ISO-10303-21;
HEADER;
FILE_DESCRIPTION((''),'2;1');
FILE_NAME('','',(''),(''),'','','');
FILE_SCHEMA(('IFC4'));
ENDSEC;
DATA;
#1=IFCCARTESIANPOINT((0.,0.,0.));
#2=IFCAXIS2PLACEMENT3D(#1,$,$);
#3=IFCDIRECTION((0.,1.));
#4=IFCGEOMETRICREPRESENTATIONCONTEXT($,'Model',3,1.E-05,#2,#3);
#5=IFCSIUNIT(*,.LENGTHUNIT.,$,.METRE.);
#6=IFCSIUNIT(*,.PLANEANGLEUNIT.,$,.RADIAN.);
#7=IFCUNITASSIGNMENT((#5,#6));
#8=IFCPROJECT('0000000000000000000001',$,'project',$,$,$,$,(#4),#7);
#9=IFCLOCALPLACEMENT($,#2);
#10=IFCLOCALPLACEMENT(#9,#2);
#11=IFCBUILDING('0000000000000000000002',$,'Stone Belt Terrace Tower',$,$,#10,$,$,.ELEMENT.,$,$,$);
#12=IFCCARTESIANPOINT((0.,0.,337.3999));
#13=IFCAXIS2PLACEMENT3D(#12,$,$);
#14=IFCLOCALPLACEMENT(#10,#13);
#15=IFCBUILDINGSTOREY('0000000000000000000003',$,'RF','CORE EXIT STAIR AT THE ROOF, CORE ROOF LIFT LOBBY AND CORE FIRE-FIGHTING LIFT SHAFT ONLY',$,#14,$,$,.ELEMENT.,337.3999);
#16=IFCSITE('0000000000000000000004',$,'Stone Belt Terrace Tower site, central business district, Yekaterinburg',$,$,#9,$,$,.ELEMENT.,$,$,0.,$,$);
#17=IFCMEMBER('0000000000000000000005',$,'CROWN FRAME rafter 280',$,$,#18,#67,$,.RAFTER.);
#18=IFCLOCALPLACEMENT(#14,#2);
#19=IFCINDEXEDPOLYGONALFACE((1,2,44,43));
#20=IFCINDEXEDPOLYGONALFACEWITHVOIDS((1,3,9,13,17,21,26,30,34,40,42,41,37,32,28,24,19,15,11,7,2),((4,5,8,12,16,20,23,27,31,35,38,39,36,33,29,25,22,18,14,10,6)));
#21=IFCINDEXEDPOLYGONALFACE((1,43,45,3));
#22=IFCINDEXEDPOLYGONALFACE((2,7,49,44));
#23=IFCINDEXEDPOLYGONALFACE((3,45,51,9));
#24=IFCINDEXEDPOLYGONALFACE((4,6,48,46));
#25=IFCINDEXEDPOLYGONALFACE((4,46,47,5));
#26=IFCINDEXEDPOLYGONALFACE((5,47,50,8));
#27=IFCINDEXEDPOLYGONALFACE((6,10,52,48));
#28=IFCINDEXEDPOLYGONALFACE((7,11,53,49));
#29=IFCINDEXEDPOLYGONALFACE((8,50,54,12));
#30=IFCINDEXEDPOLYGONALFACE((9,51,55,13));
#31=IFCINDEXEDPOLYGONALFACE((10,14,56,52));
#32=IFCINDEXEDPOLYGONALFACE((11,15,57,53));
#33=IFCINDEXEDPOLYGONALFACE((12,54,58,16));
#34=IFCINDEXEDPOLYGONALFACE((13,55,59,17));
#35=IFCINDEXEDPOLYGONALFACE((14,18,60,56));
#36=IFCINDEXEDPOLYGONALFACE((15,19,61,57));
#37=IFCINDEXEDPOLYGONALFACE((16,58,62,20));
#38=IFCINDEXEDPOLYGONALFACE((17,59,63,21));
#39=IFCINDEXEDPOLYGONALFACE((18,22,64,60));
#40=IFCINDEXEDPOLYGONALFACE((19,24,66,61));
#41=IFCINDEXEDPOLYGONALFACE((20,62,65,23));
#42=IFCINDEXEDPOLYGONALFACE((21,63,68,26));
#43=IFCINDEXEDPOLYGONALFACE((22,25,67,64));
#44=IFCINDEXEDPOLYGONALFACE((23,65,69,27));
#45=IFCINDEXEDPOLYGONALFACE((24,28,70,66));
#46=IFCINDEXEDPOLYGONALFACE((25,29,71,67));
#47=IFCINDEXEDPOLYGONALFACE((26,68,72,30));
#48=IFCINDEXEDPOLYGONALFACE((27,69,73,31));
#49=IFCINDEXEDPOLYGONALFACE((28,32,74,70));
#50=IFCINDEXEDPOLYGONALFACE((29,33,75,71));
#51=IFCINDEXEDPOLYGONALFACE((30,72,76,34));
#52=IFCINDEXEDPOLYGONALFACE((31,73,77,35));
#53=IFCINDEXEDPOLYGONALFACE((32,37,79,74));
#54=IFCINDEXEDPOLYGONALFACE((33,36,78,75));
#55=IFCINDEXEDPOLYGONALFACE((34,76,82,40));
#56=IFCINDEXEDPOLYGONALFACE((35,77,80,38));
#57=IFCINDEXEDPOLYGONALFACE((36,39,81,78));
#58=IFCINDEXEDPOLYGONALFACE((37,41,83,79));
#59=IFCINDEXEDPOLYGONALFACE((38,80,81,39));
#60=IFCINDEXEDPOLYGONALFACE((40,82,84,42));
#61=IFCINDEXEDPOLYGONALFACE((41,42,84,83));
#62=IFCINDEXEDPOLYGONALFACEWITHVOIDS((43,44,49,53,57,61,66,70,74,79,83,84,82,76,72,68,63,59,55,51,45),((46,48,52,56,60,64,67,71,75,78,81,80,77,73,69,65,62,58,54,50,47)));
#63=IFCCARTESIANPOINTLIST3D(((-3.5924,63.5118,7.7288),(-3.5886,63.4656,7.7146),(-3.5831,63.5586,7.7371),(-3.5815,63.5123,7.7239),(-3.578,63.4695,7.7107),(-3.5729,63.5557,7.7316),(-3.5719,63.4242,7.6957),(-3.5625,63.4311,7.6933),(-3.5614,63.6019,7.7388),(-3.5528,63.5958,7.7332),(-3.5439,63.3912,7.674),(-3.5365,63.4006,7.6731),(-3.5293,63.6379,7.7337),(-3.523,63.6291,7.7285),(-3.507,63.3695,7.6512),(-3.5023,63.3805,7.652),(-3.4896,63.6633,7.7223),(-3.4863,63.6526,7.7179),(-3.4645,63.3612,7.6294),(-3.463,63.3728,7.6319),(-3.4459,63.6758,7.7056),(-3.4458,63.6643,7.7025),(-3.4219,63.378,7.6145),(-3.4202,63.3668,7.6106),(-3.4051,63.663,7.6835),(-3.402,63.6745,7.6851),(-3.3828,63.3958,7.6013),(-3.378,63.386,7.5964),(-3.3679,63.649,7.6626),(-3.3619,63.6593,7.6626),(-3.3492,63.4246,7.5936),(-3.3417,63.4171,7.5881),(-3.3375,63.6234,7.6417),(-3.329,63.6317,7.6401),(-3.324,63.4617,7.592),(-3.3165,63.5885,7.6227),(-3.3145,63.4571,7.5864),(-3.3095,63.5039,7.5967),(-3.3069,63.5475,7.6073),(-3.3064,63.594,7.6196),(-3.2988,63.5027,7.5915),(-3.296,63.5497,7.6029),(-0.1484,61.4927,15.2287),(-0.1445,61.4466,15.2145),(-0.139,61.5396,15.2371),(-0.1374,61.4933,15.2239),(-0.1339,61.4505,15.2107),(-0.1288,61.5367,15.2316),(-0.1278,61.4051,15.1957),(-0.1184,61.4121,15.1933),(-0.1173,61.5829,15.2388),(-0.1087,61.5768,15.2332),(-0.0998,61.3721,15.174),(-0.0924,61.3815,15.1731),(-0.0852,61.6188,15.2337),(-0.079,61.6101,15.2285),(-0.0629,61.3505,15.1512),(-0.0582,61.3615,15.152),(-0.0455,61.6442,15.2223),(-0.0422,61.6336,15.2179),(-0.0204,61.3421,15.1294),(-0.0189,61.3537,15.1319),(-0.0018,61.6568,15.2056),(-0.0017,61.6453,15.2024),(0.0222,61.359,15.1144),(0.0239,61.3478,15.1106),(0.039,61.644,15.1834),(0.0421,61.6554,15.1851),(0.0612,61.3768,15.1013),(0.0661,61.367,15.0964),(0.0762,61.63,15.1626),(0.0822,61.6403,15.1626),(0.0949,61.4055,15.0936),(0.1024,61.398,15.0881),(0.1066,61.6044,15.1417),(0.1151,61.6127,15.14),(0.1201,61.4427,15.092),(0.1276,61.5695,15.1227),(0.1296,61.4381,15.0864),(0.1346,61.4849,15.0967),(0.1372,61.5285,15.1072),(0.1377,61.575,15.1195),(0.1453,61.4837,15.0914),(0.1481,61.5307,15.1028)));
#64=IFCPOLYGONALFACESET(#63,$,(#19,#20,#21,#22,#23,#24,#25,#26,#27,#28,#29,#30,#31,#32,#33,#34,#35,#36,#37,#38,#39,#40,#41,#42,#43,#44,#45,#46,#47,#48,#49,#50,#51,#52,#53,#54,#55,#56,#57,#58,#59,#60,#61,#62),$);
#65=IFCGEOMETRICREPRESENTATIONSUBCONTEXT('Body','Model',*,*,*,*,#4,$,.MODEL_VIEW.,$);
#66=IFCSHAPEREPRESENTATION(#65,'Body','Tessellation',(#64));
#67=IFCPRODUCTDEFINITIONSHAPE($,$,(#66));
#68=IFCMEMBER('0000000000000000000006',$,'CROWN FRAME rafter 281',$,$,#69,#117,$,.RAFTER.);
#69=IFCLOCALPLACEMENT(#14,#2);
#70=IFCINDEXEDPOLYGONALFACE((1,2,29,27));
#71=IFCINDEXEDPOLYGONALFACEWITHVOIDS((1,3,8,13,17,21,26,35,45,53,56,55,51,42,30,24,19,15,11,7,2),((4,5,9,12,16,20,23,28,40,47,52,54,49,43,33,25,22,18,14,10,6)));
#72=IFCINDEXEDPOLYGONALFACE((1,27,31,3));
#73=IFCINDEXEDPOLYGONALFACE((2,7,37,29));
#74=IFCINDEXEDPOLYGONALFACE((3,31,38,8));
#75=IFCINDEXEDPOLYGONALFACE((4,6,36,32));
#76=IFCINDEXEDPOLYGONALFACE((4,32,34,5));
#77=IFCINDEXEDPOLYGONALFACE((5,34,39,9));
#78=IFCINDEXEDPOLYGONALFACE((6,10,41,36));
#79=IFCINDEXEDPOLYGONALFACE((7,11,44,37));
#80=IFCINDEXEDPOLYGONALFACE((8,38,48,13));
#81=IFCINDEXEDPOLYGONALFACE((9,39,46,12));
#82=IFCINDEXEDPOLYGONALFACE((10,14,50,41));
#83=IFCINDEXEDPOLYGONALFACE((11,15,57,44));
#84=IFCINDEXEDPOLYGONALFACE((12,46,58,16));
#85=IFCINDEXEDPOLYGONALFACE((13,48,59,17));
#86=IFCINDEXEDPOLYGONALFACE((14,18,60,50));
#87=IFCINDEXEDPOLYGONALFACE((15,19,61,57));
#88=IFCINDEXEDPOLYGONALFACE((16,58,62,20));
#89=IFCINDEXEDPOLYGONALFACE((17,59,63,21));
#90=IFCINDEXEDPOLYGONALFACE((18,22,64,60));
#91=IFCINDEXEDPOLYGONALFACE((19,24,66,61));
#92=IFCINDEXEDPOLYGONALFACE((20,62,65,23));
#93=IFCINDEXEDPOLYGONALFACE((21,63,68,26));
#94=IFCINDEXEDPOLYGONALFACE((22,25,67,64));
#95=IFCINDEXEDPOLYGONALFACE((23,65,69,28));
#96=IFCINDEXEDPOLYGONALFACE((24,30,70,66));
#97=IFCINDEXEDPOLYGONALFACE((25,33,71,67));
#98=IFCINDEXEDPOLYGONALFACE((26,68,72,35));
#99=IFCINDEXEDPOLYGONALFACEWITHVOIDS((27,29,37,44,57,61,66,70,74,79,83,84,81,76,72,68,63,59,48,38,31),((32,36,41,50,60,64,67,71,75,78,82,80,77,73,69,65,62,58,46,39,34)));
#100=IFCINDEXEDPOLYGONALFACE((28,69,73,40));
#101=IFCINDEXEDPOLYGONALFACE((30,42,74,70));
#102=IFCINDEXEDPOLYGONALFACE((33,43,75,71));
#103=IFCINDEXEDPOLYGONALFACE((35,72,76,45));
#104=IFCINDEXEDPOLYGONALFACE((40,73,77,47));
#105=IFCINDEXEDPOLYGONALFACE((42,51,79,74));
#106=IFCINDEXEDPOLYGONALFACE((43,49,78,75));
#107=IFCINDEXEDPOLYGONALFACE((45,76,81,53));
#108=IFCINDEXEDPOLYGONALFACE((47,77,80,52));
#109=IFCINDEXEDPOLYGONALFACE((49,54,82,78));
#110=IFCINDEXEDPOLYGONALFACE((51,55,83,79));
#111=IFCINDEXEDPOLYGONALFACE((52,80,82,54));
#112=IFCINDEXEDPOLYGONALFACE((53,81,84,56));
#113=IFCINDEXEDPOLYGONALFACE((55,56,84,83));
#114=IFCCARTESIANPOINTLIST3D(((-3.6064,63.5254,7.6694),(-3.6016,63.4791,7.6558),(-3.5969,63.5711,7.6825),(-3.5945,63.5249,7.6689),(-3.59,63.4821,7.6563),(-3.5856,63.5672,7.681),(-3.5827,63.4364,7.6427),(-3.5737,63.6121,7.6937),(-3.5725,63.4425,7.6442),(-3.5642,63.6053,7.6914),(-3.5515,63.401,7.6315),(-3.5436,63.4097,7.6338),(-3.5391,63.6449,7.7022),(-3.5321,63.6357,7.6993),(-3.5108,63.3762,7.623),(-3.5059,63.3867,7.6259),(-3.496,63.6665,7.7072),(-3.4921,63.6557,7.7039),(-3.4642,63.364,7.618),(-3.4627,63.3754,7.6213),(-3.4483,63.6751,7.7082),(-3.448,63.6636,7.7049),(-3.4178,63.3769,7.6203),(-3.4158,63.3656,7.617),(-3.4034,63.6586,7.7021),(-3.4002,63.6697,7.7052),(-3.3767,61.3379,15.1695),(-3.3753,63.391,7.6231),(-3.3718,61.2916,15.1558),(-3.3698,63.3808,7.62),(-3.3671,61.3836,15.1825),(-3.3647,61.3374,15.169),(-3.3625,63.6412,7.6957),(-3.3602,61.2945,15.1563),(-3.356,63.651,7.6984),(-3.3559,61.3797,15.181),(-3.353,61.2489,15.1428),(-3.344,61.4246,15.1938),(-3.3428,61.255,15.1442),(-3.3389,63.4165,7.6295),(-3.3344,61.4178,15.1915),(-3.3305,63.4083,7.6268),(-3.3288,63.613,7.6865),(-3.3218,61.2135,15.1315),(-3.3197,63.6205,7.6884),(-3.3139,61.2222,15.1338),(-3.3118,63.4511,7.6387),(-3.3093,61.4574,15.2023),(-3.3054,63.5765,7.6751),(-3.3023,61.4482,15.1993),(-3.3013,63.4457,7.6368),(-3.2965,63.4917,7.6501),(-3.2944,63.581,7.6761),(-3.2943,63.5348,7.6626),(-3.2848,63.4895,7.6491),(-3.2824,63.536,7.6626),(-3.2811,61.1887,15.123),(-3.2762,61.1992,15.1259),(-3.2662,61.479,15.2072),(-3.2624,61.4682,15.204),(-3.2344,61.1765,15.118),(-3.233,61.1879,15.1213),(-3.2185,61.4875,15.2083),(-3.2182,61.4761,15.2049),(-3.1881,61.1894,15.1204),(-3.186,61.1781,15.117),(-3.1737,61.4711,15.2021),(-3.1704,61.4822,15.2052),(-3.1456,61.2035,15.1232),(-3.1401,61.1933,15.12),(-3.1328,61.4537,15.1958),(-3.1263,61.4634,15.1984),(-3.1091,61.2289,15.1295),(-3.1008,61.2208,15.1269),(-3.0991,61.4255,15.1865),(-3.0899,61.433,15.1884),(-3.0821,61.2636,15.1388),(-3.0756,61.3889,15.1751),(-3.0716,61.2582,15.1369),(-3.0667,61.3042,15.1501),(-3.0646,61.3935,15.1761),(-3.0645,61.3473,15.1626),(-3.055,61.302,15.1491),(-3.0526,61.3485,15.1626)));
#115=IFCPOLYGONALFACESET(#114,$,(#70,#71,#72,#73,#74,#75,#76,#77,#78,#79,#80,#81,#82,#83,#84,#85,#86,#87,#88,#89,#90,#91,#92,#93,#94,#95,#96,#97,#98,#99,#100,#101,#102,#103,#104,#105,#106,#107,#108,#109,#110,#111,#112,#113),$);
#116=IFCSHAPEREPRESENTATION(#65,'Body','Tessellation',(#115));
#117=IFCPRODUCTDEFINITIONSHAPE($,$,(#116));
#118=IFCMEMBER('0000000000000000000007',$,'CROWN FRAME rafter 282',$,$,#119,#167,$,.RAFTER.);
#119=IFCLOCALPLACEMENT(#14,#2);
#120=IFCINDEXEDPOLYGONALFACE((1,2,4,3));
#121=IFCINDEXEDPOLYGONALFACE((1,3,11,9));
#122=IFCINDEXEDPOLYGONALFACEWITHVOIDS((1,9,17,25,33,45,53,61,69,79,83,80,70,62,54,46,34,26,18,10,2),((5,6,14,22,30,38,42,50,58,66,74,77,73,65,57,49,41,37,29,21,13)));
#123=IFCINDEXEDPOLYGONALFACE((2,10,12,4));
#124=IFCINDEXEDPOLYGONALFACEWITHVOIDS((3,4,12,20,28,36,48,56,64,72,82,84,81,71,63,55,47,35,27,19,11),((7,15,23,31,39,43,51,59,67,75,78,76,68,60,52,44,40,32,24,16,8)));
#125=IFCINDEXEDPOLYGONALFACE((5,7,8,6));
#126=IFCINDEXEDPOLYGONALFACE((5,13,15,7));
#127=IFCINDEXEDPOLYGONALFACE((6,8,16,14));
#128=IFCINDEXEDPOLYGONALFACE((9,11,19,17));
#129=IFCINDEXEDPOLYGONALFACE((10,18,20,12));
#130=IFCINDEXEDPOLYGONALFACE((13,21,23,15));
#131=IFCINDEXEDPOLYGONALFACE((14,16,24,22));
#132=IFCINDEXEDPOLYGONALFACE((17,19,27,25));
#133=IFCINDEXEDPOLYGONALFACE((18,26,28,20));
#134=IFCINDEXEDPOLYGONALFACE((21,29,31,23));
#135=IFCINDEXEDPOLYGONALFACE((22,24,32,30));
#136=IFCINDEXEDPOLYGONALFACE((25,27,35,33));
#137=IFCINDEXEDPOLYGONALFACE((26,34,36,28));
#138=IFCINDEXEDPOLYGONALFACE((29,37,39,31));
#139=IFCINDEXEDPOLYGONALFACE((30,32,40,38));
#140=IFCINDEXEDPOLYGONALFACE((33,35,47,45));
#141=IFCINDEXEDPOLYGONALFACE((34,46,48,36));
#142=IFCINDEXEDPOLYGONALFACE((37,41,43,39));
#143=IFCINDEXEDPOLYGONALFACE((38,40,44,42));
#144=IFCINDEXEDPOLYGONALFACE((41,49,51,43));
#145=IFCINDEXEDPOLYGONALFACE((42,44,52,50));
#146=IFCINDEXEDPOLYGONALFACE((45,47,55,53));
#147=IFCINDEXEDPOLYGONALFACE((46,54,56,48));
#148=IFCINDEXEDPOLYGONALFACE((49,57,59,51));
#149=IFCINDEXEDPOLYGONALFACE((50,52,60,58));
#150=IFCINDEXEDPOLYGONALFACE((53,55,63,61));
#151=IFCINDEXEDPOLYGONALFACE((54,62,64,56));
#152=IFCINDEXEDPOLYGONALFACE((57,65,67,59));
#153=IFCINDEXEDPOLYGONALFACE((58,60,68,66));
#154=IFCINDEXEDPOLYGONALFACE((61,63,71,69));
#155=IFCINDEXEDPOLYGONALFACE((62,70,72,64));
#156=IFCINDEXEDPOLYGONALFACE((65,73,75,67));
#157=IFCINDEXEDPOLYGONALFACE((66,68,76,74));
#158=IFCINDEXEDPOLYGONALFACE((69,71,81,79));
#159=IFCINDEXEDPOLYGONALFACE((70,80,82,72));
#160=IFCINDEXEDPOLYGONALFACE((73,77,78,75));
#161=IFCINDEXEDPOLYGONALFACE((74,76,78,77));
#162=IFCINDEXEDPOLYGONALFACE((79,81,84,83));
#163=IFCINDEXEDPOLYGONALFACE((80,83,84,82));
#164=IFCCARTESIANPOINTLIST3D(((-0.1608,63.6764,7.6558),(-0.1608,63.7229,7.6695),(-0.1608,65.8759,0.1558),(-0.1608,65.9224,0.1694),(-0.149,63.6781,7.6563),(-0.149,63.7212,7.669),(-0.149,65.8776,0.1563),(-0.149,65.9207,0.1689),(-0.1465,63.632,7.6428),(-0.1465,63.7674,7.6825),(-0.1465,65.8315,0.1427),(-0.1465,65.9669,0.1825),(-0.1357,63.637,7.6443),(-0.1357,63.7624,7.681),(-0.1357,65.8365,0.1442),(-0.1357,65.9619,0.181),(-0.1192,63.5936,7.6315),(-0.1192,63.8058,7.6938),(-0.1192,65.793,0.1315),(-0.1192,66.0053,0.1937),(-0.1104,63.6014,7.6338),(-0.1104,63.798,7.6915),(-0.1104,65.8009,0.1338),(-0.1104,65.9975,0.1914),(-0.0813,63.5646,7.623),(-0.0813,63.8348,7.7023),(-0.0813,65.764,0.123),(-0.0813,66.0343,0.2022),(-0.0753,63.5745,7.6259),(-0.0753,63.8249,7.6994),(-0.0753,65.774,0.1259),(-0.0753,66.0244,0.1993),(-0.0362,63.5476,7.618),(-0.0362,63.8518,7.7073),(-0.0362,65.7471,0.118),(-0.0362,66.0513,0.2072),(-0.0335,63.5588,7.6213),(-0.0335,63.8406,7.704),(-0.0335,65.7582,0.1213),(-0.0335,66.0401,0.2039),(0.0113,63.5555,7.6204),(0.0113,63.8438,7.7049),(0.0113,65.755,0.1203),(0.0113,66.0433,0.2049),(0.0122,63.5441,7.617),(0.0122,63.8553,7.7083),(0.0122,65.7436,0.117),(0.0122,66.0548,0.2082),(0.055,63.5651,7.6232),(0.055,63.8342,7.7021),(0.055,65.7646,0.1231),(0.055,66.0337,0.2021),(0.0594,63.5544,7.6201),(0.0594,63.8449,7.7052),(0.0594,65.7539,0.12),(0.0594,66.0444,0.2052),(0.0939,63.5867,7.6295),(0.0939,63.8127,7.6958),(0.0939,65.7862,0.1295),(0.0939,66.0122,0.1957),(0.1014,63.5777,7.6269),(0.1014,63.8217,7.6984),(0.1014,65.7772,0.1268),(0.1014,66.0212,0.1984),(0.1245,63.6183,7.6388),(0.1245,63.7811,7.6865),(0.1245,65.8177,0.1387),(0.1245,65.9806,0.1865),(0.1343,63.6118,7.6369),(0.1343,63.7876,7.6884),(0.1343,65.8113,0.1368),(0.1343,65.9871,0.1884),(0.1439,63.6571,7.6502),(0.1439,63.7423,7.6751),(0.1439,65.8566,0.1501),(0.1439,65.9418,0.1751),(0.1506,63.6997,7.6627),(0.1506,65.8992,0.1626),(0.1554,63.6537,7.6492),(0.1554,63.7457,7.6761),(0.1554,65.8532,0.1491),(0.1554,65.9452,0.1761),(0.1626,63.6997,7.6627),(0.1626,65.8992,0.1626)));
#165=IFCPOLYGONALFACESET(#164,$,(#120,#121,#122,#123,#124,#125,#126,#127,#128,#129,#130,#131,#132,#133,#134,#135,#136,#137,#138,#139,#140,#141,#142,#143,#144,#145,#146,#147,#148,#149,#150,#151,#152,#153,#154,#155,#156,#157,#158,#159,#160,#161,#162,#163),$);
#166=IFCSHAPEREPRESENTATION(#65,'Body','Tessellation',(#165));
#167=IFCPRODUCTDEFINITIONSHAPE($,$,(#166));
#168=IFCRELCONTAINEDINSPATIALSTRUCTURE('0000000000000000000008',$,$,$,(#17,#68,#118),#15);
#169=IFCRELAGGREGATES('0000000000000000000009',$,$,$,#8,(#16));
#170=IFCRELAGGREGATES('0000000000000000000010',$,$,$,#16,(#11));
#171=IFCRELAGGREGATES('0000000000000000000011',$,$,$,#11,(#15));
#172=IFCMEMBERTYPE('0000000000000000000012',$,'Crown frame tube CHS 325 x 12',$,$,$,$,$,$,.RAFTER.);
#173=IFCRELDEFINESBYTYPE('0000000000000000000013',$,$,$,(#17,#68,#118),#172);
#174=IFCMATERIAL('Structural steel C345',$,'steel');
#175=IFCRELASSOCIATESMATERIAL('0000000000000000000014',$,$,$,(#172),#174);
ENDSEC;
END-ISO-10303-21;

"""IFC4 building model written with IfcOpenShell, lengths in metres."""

from ifc_helpers import new_model, si_unit, direction, frame, origin, origin_2d, place, context, subcontext, project, spatial, hollow_circle, extrude, material, material_profile, profile_set, type_object, element, save


model = new_model("IFC4")

# Units and contexts
model_context = context("Model", 3, precision=1e-05, world=origin(), true_north=direction((0.0, 1.0)))
body_context = subcontext(model_context, "Body", "Model", "MODEL_VIEW")
ifc_project = project(units=[si_unit("LENGTHUNIT", "METRE"), si_unit("PLANEANGLEUNIT", "RADIAN")], contexts=[model_context])

# Site, building, storey
site_placement = place(None, origin())
site = spatial("IfcSite", under=ifc_project, at=site_placement, Name="Stone Belt Terrace Tower site, central business district, Yekaterinburg", CompositionType="ELEMENT", RefElevation=0.0)
building_placement = place(site_placement, origin())
building = spatial("IfcBuilding", under=site, at=building_placement, Name="Stone Belt Terrace Tower", CompositionType="ELEMENT")
storey_placement = place(building_placement, frame((0.0, 0.0, 337.3999)))
storey = spatial("IfcBuildingStorey", under=building, at=storey_placement, Name="RF", Description="CORE EXIT STAIR AT THE ROOF, CORE ROOF LIFT LOBBY AND CORE FIRE-FIGHTING LIFT SHAFT ONLY", CompositionType="ELEMENT", Elevation=337.3999)

# Members
ifc_material_1 = material(Name="Structural steel C345", Category="steel")
ifc_material_profile_1 = material_profile(ifc_material_1, hollow_circle(Radius=0.1626, WallThickness=0.012, at=origin_2d()), Name="Structural steel C345 CHS 325x12")
ifc_profile_set_1 = profile_set([ifc_material_profile_1], Name="Structural steel C345")
member_type_1 = type_object("IfcMemberType", Name="Crown frame tube CHS 325 x 12", PredefinedType="RAFTER", material=ifc_profile_set_1)
for number, where, z_axis, x_axis, name in (
    (1, (-3.4441, 63.519, 7.6626), (0.40536, -0.237636, 0.88273), (0.505737, 0.862688, 0.0), "CROWN FRAME rafter 280"),
):
    element("IfcMember", number, at=place(storey_placement, frame(where, z_axis=z_axis, x_axis=x_axis)), inside=storey, type_object=member_type_1, Name=name, PredefinedType="RAFTER", context=body_context, shape_type="SweptSolid", body=[
        extrude(hollow_circle(Radius=0.1626, WallThickness=0.012, at=origin_2d()), origin(), (0.0, 0.0, 1.0), 8.4963),
    ])
for number, where, z_axis, x_axis, name in (
    (2, (-3.4441, 63.519, 7.6626), (0.029394, -0.279879, 0.959585), (0.99453, 0.104448, 0.0), "CROWN FRAME rafter 281"),
    (3, (0.0, 65.8992, 0.1626), (0.0, -0.28141, 0.959588), (1.0, 0.0, 0.0), "CROWN FRAME rafter 282"),
):
    element("IfcMember", number, at=place(storey_placement, frame(where, z_axis=z_axis, x_axis=x_axis)), inside=storey, type_object=member_type_1, Name=name, PredefinedType="RAFTER", context=body_context, shape_type="SweptSolid", body=[
        extrude(hollow_circle(Radius=0.1626, WallThickness=0.012, at=origin_2d()), origin(), (0.0, 0.0, 1.0), 7.8159),
    ])

save(model, "model.ifc")
